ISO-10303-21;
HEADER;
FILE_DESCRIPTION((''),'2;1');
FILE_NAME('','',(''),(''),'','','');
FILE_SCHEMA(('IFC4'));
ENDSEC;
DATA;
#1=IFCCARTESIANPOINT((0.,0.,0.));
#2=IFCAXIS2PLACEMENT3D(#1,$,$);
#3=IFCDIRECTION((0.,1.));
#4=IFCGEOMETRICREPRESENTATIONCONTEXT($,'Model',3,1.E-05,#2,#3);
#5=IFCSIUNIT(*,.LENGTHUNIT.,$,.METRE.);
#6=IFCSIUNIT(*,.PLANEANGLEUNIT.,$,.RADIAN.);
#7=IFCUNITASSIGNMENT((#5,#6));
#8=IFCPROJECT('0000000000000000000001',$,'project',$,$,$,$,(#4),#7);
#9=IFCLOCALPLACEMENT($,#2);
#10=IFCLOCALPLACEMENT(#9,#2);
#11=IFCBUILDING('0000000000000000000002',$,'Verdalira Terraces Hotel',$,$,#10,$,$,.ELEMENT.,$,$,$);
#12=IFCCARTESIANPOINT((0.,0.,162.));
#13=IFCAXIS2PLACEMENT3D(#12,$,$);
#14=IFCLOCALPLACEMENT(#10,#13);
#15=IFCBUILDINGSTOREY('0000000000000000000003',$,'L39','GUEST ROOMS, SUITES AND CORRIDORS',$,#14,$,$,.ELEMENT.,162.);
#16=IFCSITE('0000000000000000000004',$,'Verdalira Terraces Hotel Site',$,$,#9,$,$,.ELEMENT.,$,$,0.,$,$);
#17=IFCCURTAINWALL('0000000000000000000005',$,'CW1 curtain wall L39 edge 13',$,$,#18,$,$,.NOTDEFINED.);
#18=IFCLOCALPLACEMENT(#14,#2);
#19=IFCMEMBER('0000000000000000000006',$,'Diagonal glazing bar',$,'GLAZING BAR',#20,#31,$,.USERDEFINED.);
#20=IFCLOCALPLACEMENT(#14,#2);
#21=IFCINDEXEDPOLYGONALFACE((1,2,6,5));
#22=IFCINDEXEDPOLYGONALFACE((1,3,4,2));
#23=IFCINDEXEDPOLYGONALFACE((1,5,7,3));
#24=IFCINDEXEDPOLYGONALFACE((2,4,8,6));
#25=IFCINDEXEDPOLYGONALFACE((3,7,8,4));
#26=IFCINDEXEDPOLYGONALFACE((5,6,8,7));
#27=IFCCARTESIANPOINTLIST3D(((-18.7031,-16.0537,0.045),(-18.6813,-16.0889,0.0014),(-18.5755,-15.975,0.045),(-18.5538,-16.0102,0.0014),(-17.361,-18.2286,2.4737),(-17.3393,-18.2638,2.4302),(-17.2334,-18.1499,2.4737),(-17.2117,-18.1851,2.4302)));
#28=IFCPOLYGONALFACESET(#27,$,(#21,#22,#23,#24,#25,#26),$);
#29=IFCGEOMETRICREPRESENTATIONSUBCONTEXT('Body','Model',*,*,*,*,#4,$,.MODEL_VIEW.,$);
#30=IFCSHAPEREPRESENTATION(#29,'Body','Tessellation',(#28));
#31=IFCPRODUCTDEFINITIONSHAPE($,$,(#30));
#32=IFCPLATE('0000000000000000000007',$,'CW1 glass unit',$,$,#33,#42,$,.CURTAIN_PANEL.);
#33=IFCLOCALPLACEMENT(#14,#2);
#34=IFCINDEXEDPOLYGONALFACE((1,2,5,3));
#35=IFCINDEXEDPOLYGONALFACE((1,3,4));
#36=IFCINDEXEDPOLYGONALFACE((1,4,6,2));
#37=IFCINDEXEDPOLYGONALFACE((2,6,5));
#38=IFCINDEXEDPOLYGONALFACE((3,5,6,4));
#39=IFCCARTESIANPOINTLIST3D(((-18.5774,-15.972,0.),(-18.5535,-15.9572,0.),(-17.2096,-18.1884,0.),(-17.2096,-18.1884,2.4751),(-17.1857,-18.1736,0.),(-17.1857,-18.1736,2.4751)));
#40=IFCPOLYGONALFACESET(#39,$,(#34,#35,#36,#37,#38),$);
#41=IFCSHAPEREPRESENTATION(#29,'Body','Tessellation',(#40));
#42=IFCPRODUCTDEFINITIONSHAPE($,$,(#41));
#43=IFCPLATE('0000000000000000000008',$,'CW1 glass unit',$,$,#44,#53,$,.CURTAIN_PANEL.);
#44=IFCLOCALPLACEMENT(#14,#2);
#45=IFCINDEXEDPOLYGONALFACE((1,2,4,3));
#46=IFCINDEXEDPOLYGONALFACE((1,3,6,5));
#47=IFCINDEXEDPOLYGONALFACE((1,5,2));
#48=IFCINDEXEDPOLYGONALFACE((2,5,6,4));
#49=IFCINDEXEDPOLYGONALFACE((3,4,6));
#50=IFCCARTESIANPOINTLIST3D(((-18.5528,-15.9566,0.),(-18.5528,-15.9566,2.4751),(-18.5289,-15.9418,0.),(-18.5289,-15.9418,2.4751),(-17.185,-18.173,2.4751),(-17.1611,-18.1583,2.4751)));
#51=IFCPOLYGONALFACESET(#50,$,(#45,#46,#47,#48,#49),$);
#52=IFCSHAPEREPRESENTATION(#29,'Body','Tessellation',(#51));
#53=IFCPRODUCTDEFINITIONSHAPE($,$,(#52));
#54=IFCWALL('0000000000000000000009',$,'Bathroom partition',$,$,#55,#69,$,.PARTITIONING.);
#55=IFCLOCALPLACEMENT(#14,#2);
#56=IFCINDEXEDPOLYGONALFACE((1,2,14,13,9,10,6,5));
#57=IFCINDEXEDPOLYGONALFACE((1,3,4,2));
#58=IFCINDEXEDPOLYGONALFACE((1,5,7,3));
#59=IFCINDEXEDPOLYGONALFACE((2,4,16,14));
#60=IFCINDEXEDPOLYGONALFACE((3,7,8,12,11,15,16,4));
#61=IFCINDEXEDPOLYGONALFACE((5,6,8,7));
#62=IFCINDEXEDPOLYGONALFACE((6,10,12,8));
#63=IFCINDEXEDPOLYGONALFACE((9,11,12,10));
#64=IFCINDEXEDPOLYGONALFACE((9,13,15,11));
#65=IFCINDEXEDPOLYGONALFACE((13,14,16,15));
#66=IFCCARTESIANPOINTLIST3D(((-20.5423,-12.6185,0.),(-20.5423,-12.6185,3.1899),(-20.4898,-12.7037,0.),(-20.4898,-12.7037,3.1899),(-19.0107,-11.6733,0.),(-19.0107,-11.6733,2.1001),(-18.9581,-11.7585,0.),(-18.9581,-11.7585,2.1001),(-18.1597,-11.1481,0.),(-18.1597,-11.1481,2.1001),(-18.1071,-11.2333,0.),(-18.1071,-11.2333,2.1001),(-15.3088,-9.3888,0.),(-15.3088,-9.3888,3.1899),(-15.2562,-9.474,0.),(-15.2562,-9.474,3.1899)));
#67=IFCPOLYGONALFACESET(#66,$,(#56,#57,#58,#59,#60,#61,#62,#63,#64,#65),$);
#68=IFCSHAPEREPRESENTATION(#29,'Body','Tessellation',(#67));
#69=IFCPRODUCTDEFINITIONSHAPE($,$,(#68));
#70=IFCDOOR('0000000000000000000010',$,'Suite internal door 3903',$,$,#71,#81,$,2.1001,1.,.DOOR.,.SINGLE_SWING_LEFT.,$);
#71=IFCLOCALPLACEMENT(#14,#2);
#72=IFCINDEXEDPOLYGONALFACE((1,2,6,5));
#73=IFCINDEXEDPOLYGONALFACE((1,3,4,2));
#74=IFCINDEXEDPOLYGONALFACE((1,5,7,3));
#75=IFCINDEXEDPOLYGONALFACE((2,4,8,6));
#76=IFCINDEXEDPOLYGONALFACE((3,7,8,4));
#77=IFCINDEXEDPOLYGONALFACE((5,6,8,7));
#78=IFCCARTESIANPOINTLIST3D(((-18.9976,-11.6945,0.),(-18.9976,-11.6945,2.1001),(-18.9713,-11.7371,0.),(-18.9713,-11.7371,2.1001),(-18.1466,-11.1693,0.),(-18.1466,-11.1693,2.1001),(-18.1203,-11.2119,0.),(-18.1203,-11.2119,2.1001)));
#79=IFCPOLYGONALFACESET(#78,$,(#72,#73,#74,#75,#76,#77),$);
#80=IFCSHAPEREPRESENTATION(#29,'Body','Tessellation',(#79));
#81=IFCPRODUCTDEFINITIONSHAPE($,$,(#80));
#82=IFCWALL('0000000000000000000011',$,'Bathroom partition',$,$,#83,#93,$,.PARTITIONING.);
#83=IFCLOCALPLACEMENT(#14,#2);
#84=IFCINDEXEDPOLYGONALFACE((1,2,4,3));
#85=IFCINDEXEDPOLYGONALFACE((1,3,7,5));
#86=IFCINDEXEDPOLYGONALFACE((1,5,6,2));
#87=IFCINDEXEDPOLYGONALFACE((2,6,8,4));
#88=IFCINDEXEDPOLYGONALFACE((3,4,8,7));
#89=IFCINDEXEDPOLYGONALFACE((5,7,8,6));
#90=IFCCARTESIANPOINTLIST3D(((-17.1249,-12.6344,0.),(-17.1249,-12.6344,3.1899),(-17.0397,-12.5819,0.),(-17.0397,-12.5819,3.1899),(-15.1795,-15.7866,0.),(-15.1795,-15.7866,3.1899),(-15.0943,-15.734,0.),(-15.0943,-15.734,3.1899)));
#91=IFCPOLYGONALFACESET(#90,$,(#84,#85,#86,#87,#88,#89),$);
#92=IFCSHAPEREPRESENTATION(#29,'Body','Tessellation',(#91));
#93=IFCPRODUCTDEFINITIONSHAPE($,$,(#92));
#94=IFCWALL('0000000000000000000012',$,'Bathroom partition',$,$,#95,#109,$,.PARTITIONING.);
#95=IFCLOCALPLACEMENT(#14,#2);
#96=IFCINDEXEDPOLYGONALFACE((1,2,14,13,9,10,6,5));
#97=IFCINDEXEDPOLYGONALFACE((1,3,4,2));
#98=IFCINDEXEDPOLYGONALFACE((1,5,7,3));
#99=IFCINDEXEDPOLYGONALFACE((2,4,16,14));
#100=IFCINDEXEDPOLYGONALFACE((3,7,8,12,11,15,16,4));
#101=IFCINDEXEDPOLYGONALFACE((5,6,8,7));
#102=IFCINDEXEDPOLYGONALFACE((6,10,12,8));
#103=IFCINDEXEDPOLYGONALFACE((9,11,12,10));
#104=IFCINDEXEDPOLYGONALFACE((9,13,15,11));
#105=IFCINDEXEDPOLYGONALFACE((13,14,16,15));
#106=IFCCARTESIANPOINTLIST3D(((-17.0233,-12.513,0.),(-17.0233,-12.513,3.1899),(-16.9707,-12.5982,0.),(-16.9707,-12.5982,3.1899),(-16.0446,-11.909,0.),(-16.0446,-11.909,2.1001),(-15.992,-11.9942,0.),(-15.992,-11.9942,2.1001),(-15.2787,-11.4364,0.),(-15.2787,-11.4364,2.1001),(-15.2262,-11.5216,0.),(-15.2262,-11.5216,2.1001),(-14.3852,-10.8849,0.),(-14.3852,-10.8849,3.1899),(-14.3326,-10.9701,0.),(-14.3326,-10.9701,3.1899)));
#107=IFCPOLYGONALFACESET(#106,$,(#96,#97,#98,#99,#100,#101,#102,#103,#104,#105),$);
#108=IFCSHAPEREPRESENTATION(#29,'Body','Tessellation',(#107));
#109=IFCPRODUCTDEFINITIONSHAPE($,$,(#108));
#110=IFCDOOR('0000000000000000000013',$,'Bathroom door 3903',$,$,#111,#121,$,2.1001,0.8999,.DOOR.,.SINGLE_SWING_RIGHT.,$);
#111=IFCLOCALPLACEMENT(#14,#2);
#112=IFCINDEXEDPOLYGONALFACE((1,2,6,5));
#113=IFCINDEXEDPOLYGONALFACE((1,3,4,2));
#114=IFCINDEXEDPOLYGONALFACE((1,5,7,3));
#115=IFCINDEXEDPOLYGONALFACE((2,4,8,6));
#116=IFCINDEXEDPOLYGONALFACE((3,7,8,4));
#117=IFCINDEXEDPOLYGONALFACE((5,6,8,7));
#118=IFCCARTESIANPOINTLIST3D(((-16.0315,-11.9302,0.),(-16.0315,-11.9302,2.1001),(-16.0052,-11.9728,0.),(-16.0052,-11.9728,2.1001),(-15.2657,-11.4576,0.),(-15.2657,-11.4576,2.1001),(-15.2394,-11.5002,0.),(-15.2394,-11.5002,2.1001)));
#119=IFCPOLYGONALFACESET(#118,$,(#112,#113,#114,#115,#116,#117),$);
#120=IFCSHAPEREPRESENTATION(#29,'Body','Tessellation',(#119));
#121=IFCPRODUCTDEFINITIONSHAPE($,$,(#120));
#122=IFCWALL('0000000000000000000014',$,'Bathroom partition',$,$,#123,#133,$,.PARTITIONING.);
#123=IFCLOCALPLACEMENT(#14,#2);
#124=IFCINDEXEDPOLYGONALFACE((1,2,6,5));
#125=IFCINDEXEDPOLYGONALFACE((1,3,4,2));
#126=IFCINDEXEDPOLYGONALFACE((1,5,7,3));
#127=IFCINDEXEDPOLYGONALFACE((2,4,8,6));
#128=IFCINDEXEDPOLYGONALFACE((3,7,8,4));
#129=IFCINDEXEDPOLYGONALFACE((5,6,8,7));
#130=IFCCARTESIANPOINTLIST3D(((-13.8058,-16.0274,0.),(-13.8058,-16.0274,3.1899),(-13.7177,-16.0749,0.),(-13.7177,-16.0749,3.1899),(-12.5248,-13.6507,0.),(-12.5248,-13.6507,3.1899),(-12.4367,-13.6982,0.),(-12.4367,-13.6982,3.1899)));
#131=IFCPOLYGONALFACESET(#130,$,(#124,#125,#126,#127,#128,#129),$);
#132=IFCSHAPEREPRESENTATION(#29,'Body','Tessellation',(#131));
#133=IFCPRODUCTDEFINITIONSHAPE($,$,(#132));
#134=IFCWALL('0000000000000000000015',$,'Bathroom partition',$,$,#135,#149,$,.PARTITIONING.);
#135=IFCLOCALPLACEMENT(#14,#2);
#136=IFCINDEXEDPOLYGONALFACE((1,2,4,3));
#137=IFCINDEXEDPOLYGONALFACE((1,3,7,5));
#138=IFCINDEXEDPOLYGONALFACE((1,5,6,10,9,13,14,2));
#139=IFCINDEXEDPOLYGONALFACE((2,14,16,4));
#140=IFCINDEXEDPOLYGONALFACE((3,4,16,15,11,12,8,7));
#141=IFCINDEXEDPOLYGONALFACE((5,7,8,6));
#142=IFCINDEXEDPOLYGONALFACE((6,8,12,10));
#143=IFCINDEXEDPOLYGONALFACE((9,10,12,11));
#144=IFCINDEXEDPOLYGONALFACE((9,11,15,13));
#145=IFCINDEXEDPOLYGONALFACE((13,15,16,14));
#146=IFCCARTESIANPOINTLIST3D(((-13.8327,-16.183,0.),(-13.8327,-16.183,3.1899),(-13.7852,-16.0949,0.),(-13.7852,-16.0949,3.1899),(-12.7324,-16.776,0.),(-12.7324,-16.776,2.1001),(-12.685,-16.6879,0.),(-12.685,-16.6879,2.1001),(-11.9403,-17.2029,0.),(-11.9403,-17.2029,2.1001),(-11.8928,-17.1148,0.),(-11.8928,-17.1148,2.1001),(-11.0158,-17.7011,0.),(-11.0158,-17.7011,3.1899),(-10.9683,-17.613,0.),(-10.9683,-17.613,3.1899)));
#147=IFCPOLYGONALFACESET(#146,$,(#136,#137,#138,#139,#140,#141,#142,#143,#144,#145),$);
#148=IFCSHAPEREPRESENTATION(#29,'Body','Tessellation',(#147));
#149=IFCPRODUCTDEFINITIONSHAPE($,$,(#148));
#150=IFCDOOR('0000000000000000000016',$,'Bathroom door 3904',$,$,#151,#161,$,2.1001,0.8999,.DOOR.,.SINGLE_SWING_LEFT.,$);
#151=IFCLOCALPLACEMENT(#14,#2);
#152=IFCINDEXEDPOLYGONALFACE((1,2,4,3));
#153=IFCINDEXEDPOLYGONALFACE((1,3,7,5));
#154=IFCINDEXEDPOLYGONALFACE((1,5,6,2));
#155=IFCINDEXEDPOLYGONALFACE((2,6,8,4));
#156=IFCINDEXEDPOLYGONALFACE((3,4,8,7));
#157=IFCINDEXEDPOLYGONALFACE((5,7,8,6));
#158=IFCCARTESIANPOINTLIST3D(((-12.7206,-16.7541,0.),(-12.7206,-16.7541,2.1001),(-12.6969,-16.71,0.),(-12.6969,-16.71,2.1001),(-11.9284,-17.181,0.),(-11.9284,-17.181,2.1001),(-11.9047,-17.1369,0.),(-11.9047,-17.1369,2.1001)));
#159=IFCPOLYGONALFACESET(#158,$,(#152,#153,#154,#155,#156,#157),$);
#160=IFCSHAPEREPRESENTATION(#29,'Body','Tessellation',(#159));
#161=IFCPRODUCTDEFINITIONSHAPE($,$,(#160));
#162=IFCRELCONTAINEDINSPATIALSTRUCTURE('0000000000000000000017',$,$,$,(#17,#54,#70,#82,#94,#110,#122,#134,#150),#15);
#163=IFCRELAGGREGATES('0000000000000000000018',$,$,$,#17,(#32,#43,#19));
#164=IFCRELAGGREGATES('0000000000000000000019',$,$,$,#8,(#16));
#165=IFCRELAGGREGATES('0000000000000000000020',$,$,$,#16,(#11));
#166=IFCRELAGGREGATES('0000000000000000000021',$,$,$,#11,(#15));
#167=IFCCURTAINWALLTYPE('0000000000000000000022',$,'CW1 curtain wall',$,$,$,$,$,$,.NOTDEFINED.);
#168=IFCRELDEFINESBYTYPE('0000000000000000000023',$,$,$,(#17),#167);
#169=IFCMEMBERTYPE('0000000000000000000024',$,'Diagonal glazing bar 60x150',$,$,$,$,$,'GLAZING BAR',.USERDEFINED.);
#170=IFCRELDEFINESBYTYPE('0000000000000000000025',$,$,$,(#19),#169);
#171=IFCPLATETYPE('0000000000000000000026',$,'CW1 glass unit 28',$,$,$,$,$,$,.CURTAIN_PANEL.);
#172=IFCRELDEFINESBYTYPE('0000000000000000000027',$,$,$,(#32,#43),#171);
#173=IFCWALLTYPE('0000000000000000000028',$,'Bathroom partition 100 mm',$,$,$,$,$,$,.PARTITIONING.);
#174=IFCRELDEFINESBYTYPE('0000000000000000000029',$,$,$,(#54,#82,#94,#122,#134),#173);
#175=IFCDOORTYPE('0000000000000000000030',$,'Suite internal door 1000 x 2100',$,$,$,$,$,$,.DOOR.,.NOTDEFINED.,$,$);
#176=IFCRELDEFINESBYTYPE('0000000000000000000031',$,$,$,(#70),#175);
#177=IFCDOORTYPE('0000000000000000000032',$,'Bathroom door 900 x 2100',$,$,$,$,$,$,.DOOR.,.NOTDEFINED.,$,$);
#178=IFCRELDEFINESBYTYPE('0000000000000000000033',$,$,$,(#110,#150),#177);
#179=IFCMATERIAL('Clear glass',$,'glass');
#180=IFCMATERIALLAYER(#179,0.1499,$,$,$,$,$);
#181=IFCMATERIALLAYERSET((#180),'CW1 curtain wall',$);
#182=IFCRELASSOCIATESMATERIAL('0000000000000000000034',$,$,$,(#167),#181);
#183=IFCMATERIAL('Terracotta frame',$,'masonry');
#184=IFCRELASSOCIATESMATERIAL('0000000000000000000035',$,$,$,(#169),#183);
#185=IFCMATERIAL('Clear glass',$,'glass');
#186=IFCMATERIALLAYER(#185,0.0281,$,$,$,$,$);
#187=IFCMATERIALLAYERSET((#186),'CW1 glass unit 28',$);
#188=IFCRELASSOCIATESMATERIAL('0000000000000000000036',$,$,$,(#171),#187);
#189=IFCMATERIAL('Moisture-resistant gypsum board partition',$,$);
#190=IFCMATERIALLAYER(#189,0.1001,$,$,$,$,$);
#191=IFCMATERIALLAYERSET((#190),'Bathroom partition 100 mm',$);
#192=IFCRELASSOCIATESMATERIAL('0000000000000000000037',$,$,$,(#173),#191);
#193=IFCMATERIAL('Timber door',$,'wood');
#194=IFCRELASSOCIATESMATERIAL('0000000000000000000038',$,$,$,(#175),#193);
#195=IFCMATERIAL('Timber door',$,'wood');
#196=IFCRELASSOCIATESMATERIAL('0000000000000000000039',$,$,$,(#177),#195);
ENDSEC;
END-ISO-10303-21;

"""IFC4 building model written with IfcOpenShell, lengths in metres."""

from ifc_helpers import new_model, si_unit, direction, frame, frame_2d, origin, origin_2d, place, context, subcontext, project, spatial, polyline, rectangle, outline, extrude, material, layer, layer_set, material_profile, profile_set, type_object, element, fill, aggregate, save


model = new_model("IFC4")

# Units and contexts
model_context = context("Model", 3, precision=1e-05, world=origin(), true_north=direction((0.0, 1.0)))
body_context = subcontext(model_context, "Body", "Model", "MODEL_VIEW")
ifc_project = project(units=[si_unit("LENGTHUNIT", "METRE"), si_unit("PLANEANGLEUNIT", "RADIAN")], contexts=[model_context])

# Site, building, storey
site_placement = place(None, origin())
site = spatial("IfcSite", under=ifc_project, at=site_placement, Name="Verdalira Terraces Hotel Site", CompositionType="ELEMENT", RefElevation=0.0)
building_placement = place(site_placement, origin())
building = spatial("IfcBuilding", under=site, at=building_placement, Name="Verdalira Terraces Hotel", CompositionType="ELEMENT")
storey_placement = place(building_placement, frame((0.0, 0.0, 162.0)))
storey = spatial("IfcBuildingStorey", under=building, at=storey_placement, Name="L39", Description="GUEST ROOMS, SUITES AND CORRIDORS", CompositionType="ELEMENT", Elevation=162.0)

# Curtain wall, member, plates
ifc_material_1 = material(Name="Clear glass", Category="glass")
ifc_layer_1 = layer(ifc_material_1, 0.1499)
ifc_layer_set_1 = layer_set([ifc_layer_1], Name="CW1 curtain wall")
curtain_wall_type = type_object("IfcCurtainWallType", Name="CW1 curtain wall", PredefinedType="NOTDEFINED", material=ifc_layer_set_1)
curtain_wall_placement = place(storey_placement, origin())
curtain_wall = element("IfcCurtainWall", 1, at=curtain_wall_placement, inside=storey, type_object=curtain_wall_type, Name="CW1 curtain wall L39 edge 13", PredefinedType="NOTDEFINED")
ifc_material_2 = material(Name="Terracotta frame", Category="masonry")
ifc_material_profile = material_profile(ifc_material_2, rectangle(XDim=0.1499, YDim=0.0601, at=origin_2d()), Name="GB 60x150")
ifc_profile_set = profile_set([ifc_material_profile], Name="Terracotta frame")
member_type = type_object("IfcMemberType", Name="Diagonal glazing bar 60x150", ElementType="GLAZING BAR", PredefinedType="USERDEFINED", material=ifc_profile_set)
member_placement = place(storey_placement, frame((-18.6284, -16.032, 0.0232), z_axis=(0.380662, -0.61687, 0.688889), x_axis=(0.851011, 0.525147, 0.0)))
member = element("IfcMember", 2, at=member_placement, type_object=member_type, Name="Diagonal glazing bar", ObjectType="GLAZING BAR", PredefinedType="USERDEFINED", context=body_context, shape_type="SweptSolid", body=[
    extrude(rectangle(XDim=0.1499, YDim=0.0601, at=origin_2d()), origin(), (0.0, 0.0, 1.0), 3.5256),
])
ifc_material_3 = material(Name="Clear glass", Category="glass")
ifc_layer_2 = layer(ifc_material_3, 0.0281)
ifc_layer_set_2 = layer_set([ifc_layer_2], Name="CW1 glass unit 28")
plate_type = type_object("IfcPlateType", Name="CW1 glass unit 28", PredefinedType="CURTAIN_PANEL", material=ifc_layer_set_2)
plate_1_placement = place(storey_placement, frame((-17.8696, -17.0654, 1.2375), z_axis=(-0.850994, -0.525175, 0.0), x_axis=(0.525175, -0.850994, 0.0)))
plate_1 = element("IfcPlate", 3, at=plate_1_placement, type_object=plate_type, Name="CW1 glass unit", PredefinedType="CURTAIN_PANEL", context=body_context, shape_type="SweptSolid", body=[
    extrude(outline(polyline([(-1.3022, -1.2375), (1.3022, -1.2375), (1.3022, 1.2375), (-1.3022, -1.2375)])), origin(), (0.0, 0.0, 1.0), 0.0281),
])
plate_2_placement = place(storey_placement, frame((-17.845, -17.05, 1.2375), z_axis=(-0.850994, -0.525175, 0.0), x_axis=(0.525175, -0.850994, 0.0)))
plate_2 = element("IfcPlate", 4, at=plate_2_placement, type_object=plate_type, Name="CW1 glass unit", PredefinedType="CURTAIN_PANEL", context=body_context, shape_type="SweptSolid", body=[
    extrude(outline(polyline([(-1.3022, -1.2375), (1.3022, 1.2375), (-1.3022, 1.2375), (-1.3022, -1.2375)])), origin(), (0.0, 0.0, 1.0), 0.0281),
])
aggregate(curtain_wall, [plate_1, plate_2, member])

# Wall, opening, door
ifc_material_4 = material(Name="Moisture-resistant gypsum board partition")
ifc_layer_3 = layer(ifc_material_4, 0.1001)
ifc_layer_set_3 = layer_set([ifc_layer_3], Name="Bathroom partition 100 mm")
wall_type_1 = type_object("IfcWallType", Name="Bathroom partition 100 mm", PredefinedType="PARTITIONING", material=ifc_layer_set_3)
wall_1_placement = place(storey_placement, frame((-15.2825, -9.4314, 0.0), z_axis=(0.0, 0.0, 1.0), x_axis=(-0.851002, -0.525162, 0.0)))
wall_1 = element("IfcWall", 5, at=wall_1_placement, inside=storey, type_object=wall_type_1, Name="Bathroom partition", PredefinedType="PARTITIONING", context=body_context, shape_type="SweptSolid", body=[
    extrude(rectangle(XDim=6.1499, YDim=0.1001, at=frame_2d((3.075, 0.0))), origin(), (0.0, 0.0, 1.0), 3.1899),
])
opening_1_placement = place(wall_1_placement, frame((3.3501, 0.0, 0.0)))
opening_1 = element("IfcOpeningElement", 6, at=opening_1_placement, cuts=wall_1, PredefinedType="OPENING", context=body_context, shape_type="SweptSolid", body=[
    extrude(rectangle(XDim=1.0, YDim=2.1001, at=frame_2d((0.5, 1.05))), frame((0.0, 0.0601, 0.0), z_axis=(0.0, -1.0, 0.0), x_axis=(1.0, 0.0, 0.0)), (0.0, 0.0, 1.0), 0.1201),
])
ifc_material_5 = material(Name="Timber door", Category="wood")
door_type_1 = type_object("IfcDoorType", Name="Suite internal door 1000 x 2100", OperationType="NOTDEFINED", PredefinedType="DOOR", material=ifc_material_5)
door_1_placement = place(opening_1_placement, origin())
door_1 = element("IfcDoor", 7, at=door_1_placement, inside=storey, type_object=door_type_1, Name="Suite internal door 3903", OperationType="SINGLE_SWING_LEFT", OverallHeight=2.1001, OverallWidth=1.0, PredefinedType="DOOR", context=body_context, shape_type="SweptSolid", body=[
    extrude(rectangle(XDim=1.0, YDim=2.1001, at=frame_2d((0.5, 1.05))), frame((0.0, 0.0249, 0.0), z_axis=(0.0, -1.0, 0.0), x_axis=(1.0, 0.0, 0.0)), (0.0, 0.0, 1.0), 0.05),
])
fill(opening_1, door_1)

# Wall
wall_2_placement = place(storey_placement, frame((-17.0823, -12.6082, 0.0), z_axis=(0.0, 0.0, 1.0), x_axis=(0.525186, -0.850988, 0.0)))
element("IfcWall", 8, at=wall_2_placement, inside=storey, type_object=wall_type_1, Name="Bathroom partition", PredefinedType="PARTITIONING", context=body_context, shape_type="SweptSolid", body=[
    extrude(rectangle(XDim=3.7041, YDim=0.1001, at=frame_2d((1.8521, 0.0))), origin(), (0.0, 0.0, 1.0), 3.1899),
])

# Wall, opening, door
wall_3_placement = place(storey_placement, frame((-14.3589, -10.9275, 0.0), z_axis=(0.0, 0.0, 1.0), x_axis=(-0.850984, -0.525191, 0.0)))
wall_3 = element("IfcWall", 9, at=wall_3_placement, inside=storey, type_object=wall_type_1, Name="Bathroom partition", PredefinedType="PARTITIONING", context=body_context, shape_type="SweptSolid", body=[
    extrude(rectangle(XDim=3.1001, YDim=0.1001, at=frame_2d((1.55, 0.0))), origin(), (0.0, 0.0, 1.0), 3.1899),
])
opening_2_placement = place(wall_3_placement, frame((1.05, 0.0, 0.0)))
opening_2 = element("IfcOpeningElement", 10, at=opening_2_placement, cuts=wall_3, PredefinedType="OPENING", context=body_context, shape_type="SweptSolid", body=[
    extrude(rectangle(XDim=0.8999, YDim=2.1001, at=frame_2d((0.45, 1.05))), frame((0.0, 0.0601, 0.0), z_axis=(0.0, -1.0, 0.0), x_axis=(1.0, 0.0, 0.0)), (0.0, 0.0, 1.0), 0.1201),
])
ifc_material_6 = material(Name="Timber door", Category="wood")
door_type_2 = type_object("IfcDoorType", Name="Bathroom door 900 x 2100", OperationType="NOTDEFINED", PredefinedType="DOOR", material=ifc_material_6)
door_2_placement = place(opening_2_placement, origin())
door_2 = element("IfcDoor", 11, at=door_2_placement, inside=storey, type_object=door_type_2, Name="Bathroom door 3903", OperationType="SINGLE_SWING_RIGHT", OverallHeight=2.1001, OverallWidth=0.8999, PredefinedType="DOOR", context=body_context, shape_type="SweptSolid", body=[
    extrude(rectangle(XDim=0.8999, YDim=2.1001, at=frame_2d((0.45, 1.05))), frame((0.0, 0.0249, 0.0), z_axis=(0.0, -1.0, 0.0), x_axis=(1.0, 0.0, 0.0)), (0.0, 0.0, 1.0), 0.05),
])
fill(opening_2, door_2)

# Wall
wall_4_placement = place(storey_placement, frame((-12.4807, -13.6743, 0.0), z_axis=(0.0, 0.0, 1.0), x_axis=(-0.474456, -0.880279, 0.0)))
element("IfcWall", 12, at=wall_4_placement, inside=storey, type_object=wall_type_1, Name="Bathroom partition", PredefinedType="PARTITIONING", context=body_context, shape_type="SweptSolid", body=[
    extrude(rectangle(XDim=2.7, YDim=0.1001, at=frame_2d((1.3501, 0.0))), origin(), (0.0, 0.0, 1.0), 3.1899),
])

# Wall, opening, door
wall_5_placement = place(storey_placement, frame((-13.8091, -16.1389, 0.0), z_axis=(0.0, 0.0, 1.0), x_axis=(0.880304, -0.474409, 0.0)))
wall_5 = element("IfcWall", 13, at=wall_5_placement, inside=storey, type_object=wall_type_1, Name="Bathroom partition", PredefinedType="PARTITIONING", context=body_context, shape_type="SweptSolid", body=[
    extrude(rectangle(XDim=3.2, YDim=0.1001, at=frame_2d((1.6001, 0.0))), origin(), (0.0, 0.0, 1.0), 3.1899),
])
opening_3_placement = place(wall_5_placement, frame((1.25, 0.0, 0.0)))
opening_3 = element("IfcOpeningElement", 14, at=opening_3_placement, cuts=wall_5, PredefinedType="OPENING", context=body_context, shape_type="SweptSolid", body=[
    extrude(rectangle(XDim=0.8999, YDim=2.1001, at=frame_2d((0.45, 1.05))), frame((0.0, 0.0601, 0.0), z_axis=(0.0, -1.0, 0.0), x_axis=(1.0, 0.0, 0.0)), (0.0, 0.0, 1.0), 0.1201),
])
door_3_placement = place(opening_3_placement, origin())
door_3 = element("IfcDoor", 15, at=door_3_placement, inside=storey, type_object=door_type_2, Name="Bathroom door 3904", OperationType="SINGLE_SWING_LEFT", OverallHeight=2.1001, OverallWidth=0.8999, PredefinedType="DOOR", context=body_context, shape_type="SweptSolid", body=[
    extrude(rectangle(XDim=0.8999, YDim=2.1001, at=frame_2d((0.45, 1.05))), frame((0.0, 0.0249, 0.0), z_axis=(0.0, -1.0, 0.0), x_axis=(1.0, 0.0, 0.0)), (0.0, 0.0, 1.0), 0.05),
])
fill(opening_3, door_3)

save(model, "model.ifc")
